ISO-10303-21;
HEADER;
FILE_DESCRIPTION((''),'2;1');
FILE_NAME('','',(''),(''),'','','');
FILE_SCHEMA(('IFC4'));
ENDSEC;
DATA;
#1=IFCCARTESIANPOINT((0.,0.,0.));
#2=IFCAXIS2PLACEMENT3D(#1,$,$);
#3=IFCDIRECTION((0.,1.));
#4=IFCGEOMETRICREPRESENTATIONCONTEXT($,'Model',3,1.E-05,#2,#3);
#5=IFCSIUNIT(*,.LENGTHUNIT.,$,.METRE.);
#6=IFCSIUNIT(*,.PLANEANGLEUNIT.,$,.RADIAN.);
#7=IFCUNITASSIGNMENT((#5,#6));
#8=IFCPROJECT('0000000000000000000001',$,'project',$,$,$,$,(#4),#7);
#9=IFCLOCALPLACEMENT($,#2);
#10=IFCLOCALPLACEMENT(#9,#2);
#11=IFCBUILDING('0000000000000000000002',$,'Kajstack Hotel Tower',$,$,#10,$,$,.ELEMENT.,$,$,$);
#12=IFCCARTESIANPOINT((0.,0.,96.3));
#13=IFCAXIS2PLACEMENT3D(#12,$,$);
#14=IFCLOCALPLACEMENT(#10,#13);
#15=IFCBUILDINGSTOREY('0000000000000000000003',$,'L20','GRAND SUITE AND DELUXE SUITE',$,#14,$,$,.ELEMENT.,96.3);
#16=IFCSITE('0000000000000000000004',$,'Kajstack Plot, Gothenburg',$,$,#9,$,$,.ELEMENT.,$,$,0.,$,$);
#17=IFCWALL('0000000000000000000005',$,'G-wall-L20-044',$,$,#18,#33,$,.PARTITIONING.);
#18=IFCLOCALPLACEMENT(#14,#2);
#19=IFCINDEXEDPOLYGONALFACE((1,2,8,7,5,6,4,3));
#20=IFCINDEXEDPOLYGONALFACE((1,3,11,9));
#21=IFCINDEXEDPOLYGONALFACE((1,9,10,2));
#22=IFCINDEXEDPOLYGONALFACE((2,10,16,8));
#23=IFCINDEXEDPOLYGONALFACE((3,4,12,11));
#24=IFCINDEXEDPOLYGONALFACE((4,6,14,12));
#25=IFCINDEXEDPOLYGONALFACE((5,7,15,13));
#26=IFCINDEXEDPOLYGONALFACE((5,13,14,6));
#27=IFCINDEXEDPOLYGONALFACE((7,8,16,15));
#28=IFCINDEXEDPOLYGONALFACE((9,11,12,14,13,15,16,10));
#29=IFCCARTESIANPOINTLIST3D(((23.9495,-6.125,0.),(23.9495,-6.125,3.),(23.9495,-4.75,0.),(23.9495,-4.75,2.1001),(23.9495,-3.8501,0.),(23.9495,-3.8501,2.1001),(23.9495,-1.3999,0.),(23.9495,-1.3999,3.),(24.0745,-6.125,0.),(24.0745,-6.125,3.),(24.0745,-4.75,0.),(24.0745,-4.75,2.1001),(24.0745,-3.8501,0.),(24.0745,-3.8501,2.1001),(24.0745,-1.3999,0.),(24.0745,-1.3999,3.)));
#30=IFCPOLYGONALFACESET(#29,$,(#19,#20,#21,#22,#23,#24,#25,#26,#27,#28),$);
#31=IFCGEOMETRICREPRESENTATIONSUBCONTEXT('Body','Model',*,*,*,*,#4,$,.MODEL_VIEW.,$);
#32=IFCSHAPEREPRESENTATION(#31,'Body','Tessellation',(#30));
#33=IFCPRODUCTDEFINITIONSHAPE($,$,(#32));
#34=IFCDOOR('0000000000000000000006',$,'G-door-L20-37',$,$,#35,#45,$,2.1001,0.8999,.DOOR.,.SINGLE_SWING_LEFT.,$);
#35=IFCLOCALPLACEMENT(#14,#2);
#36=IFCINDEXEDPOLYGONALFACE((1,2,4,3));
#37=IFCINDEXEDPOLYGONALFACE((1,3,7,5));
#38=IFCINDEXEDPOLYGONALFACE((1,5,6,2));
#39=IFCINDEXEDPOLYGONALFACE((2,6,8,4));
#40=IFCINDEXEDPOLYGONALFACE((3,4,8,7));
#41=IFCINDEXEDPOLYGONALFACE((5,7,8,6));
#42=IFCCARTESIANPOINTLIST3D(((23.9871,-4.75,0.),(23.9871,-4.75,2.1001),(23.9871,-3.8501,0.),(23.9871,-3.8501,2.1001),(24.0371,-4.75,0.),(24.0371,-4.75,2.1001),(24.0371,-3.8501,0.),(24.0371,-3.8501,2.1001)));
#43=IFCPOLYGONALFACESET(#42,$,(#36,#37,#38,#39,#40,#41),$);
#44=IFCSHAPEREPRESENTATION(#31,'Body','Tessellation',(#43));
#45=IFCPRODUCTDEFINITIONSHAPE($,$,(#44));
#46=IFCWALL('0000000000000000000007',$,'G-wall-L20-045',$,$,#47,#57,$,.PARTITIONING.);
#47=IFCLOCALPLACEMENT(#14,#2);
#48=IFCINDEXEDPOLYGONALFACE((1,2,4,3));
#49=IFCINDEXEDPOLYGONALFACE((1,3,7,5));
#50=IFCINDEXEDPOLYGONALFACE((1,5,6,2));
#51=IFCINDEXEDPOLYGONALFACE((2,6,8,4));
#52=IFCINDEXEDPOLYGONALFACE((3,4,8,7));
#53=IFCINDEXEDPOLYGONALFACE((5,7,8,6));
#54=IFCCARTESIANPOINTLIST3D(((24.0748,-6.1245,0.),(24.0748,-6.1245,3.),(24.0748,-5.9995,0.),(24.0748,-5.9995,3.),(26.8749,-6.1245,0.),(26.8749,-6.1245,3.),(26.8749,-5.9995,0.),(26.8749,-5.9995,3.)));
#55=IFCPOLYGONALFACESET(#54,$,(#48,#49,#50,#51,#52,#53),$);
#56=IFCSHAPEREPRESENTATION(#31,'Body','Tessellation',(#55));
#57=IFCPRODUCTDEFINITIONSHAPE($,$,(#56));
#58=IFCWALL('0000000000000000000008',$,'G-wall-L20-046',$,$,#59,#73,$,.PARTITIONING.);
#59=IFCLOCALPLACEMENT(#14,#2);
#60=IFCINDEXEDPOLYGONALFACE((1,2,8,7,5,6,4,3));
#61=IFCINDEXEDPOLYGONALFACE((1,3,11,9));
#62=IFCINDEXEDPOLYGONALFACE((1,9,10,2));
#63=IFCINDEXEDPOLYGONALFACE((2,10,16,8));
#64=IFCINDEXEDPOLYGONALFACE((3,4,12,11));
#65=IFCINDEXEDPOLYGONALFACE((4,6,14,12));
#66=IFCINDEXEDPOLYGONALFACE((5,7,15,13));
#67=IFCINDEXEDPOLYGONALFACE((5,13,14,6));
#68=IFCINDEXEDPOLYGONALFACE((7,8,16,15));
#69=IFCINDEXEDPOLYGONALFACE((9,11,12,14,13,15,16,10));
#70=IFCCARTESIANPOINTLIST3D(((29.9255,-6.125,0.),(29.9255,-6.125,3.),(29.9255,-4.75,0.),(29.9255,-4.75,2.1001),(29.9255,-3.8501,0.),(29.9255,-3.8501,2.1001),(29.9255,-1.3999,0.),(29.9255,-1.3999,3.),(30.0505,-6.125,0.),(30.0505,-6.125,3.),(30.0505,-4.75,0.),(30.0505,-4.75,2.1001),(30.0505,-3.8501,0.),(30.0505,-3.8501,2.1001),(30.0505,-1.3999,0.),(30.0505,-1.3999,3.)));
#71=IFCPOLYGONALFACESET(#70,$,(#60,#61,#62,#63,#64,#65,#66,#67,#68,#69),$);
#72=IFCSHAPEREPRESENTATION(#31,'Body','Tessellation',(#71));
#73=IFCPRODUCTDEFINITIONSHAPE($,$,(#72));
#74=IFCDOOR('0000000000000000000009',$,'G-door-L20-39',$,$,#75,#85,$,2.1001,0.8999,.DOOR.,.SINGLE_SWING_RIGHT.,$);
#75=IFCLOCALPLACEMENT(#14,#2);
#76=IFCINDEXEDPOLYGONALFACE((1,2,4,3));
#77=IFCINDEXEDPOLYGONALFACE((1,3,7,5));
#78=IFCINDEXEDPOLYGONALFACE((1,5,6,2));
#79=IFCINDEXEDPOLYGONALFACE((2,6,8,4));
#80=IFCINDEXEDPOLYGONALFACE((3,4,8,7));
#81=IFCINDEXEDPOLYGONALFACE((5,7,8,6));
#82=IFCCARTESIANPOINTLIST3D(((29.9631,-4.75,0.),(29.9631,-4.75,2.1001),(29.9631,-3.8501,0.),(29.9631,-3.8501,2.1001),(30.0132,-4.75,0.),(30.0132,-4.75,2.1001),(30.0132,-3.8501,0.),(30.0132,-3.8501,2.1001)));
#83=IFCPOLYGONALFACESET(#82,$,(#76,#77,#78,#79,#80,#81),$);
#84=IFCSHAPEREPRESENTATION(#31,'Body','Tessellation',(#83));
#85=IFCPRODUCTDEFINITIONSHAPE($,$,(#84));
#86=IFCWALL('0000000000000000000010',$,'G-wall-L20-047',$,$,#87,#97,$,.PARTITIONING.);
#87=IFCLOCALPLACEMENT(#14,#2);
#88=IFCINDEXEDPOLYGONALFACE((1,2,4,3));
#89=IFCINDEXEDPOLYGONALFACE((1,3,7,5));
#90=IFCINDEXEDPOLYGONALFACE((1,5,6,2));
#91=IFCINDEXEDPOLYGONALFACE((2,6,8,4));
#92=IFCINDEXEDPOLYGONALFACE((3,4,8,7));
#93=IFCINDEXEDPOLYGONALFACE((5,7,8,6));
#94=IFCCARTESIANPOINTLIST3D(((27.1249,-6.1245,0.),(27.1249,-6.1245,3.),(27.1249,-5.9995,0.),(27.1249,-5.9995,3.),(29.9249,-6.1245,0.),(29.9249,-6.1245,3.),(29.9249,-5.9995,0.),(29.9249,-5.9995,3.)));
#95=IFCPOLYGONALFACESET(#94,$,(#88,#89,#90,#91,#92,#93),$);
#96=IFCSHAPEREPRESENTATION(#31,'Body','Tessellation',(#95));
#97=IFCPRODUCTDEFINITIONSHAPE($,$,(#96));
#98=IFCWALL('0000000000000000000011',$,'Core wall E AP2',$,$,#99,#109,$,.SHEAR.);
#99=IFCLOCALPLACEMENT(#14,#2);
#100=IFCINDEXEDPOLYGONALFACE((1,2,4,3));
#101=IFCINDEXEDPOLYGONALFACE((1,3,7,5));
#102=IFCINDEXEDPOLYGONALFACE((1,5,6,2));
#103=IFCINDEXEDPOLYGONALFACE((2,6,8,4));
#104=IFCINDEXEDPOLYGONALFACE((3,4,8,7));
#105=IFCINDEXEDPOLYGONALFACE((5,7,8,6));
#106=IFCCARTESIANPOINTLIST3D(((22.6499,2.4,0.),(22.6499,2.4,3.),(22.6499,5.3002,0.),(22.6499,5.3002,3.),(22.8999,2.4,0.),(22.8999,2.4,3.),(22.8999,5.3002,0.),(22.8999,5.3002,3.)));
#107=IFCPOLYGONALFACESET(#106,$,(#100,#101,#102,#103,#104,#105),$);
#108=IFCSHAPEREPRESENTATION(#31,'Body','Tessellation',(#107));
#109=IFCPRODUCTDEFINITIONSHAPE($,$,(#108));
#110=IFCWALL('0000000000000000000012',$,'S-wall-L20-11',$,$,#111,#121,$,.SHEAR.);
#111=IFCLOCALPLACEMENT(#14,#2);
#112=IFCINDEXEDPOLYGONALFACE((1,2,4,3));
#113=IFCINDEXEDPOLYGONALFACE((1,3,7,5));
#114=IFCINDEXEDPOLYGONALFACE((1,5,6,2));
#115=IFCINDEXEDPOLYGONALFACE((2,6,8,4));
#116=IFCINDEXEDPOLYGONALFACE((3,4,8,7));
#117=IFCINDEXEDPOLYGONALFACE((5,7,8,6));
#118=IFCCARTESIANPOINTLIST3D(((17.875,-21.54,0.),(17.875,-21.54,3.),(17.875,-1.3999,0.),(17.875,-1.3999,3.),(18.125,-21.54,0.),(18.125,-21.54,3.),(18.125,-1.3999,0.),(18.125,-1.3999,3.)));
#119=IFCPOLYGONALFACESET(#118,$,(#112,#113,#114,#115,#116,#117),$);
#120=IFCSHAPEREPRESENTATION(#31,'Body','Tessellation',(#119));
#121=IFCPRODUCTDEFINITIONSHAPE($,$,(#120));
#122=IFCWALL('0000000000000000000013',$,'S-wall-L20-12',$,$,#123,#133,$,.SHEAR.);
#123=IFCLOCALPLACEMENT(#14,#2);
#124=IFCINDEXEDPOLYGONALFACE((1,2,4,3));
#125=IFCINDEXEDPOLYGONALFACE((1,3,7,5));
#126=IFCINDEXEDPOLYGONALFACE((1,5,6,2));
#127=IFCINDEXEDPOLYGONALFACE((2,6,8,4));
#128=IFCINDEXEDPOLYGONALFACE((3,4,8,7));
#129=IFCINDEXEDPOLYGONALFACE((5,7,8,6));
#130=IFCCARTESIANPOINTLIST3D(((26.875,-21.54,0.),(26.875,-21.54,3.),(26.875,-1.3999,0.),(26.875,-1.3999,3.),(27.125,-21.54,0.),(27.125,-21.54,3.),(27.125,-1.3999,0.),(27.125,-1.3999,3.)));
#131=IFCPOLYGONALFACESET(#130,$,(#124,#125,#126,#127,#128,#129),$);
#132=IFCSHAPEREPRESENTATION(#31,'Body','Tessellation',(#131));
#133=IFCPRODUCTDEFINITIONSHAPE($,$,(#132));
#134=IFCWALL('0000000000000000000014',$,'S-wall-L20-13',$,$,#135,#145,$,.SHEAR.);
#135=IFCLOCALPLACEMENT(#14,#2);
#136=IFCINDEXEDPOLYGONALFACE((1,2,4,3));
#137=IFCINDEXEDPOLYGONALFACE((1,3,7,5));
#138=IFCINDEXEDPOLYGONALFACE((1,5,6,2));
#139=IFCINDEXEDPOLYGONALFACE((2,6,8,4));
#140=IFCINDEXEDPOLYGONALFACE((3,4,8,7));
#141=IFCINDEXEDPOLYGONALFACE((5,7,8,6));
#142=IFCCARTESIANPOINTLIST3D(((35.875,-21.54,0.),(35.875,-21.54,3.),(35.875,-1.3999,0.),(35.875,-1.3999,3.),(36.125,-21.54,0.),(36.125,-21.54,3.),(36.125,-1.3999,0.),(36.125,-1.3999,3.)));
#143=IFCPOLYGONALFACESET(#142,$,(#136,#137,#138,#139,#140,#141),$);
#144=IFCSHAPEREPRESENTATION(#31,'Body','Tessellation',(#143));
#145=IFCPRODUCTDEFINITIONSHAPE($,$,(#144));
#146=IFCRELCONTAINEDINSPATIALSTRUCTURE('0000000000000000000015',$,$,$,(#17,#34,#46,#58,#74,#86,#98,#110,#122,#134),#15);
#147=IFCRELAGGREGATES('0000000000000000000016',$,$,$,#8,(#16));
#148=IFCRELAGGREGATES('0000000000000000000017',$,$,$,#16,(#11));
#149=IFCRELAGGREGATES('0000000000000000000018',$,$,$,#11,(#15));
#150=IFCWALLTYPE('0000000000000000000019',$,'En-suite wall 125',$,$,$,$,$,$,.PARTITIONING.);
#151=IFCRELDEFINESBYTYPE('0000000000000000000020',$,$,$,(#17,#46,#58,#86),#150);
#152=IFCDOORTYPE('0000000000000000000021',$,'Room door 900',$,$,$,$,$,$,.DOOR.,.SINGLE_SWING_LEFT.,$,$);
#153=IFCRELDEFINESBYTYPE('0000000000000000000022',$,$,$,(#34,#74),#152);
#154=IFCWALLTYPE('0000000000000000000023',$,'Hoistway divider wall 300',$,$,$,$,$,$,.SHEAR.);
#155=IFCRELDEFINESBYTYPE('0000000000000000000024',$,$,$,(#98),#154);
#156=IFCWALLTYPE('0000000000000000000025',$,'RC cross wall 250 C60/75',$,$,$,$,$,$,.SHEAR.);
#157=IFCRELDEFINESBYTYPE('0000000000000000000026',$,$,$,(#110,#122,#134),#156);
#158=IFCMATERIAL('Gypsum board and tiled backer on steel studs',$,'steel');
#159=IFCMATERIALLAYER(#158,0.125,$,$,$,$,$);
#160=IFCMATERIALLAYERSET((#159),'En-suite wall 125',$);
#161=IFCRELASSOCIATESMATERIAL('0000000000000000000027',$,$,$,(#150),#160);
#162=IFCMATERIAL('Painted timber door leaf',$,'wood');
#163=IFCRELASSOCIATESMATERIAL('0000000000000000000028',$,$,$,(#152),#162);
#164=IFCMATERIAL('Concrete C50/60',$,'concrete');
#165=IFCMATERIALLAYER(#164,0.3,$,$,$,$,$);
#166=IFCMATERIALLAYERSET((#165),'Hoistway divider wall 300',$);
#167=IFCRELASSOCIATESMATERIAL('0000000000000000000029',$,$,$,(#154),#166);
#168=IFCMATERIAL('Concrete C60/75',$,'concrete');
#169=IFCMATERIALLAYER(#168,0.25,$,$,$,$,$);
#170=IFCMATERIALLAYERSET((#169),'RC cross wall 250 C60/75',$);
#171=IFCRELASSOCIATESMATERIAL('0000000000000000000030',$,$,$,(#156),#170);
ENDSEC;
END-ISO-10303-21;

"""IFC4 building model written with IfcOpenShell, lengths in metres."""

from ifc_helpers import new_model, si_unit, direction, frame, frame_2d, origin, place, context, subcontext, project, spatial, rectangle, extrude, material, layer, layer_set, type_object, element, fill, save


model = new_model("IFC4")

# Units and contexts
model_context = context("Model", 3, precision=1e-05, world=origin(), true_north=direction((0.0, 1.0)))
body_context = subcontext(model_context, "Body", "Model", "MODEL_VIEW")
ifc_project = project(units=[si_unit("LENGTHUNIT", "METRE"), si_unit("PLANEANGLEUNIT", "RADIAN")], contexts=[model_context])

# Site, building, storey
site_placement = place(None, origin())
site = spatial("IfcSite", under=ifc_project, at=site_placement, Name="Kajstack Plot, Gothenburg", CompositionType="ELEMENT", RefElevation=0.0)
building_placement = place(site_placement, origin())
building = spatial("IfcBuilding", under=site, at=building_placement, Name="Kajstack Hotel Tower", CompositionType="ELEMENT")
storey_placement = place(building_placement, frame((0.0, 0.0, 96.3)))
storey = spatial("IfcBuildingStorey", under=building, at=storey_placement, Name="L20", Description="GRAND SUITE AND DELUXE SUITE", CompositionType="ELEMENT", Elevation=96.3)

# Wall, opening, door
ifc_material_1 = material(Name="Gypsum board and tiled backer on steel studs", Category="steel")
ifc_layer_1 = layer(ifc_material_1, 0.125)
ifc_layer_set_1 = layer_set([ifc_layer_1], Name="En-suite wall 125")
wall_type_1 = type_object("IfcWallType", Name="En-suite wall 125", PredefinedType="PARTITIONING", material=ifc_layer_set_1)
wall_1_placement = place(storey_placement, frame((24.012, -6.125, 0.0), z_axis=(0.0, 0.0, 1.0), x_axis=(0.0, 1.0, 0.0)))
wall_1 = element("IfcWall", 1, at=wall_1_placement, inside=storey, type_object=wall_type_1, Name="G-wall-L20-044", PredefinedType="PARTITIONING", context=body_context, shape_type="SweptSolid", body=[
    extrude(rectangle(XDim=4.7251, YDim=0.125, at=frame_2d((2.3625, 0.0))), origin(), (0.0, 0.0, 1.0), 3.0),
])
opening_1_placement = place(wall_1_placement, frame((1.375, 0.0, 0.0)))
opening_1 = element("IfcOpeningElement", 2, at=opening_1_placement, cuts=wall_1, PredefinedType="OPENING", context=body_context, shape_type="SweptSolid", body=[
    extrude(rectangle(XDim=0.8999, YDim=2.1001, at=frame_2d((0.45, 1.05))), frame((0.0, 0.0725, 0.0), z_axis=(0.0, -1.0, 0.0), x_axis=(1.0, 0.0, 0.0)), (0.0, 0.0, 1.0), 0.145),
])
ifc_material_2 = material(Name="Painted timber door leaf", Category="wood")
door_type_1 = type_object("IfcDoorType", Name="Room door 900", OperationType="SINGLE_SWING_LEFT", PredefinedType="DOOR", material=ifc_material_2)
door_1_placement = place(opening_1_placement, origin())
door_1 = element("IfcDoor", 3, at=door_1_placement, inside=storey, type_object=door_type_1, Name="G-door-L20-37", OperationType="SINGLE_SWING_LEFT", OverallHeight=2.1001, OverallWidth=0.8999, PredefinedType="DOOR", context=body_context, shape_type="SweptSolid", body=[
    extrude(rectangle(XDim=0.8999, YDim=2.1001, at=frame_2d((0.45, 1.05))), frame((0.0, 0.0249, 0.0), z_axis=(0.0, -1.0, 0.0), x_axis=(1.0, 0.0, 0.0)), (0.0, 0.0, 1.0), 0.05),
])
fill(opening_1, door_1)

# Wall
wall_2_placement = place(storey_placement, frame((24.075, -6.062, 0.0), z_axis=(0.0, 0.0, 1.0), x_axis=(1.0, 0.0, 0.0)))
element("IfcWall", 4, at=wall_2_placement, inside=storey, type_object=wall_type_1, Name="G-wall-L20-045", PredefinedType="PARTITIONING", context=body_context, shape_type="SweptSolid", body=[
    extrude(rectangle(XDim=2.8, YDim=0.125, at=frame_2d((1.3999, 0.0))), origin(), (0.0, 0.0, 1.0), 3.0),
])

# Wall, opening, door
wall_3_placement = place(storey_placement, frame((29.988, -6.125, 0.0), z_axis=(0.0, 0.0, 1.0), x_axis=(0.0, 1.0, 0.0)))
wall_3 = element("IfcWall", 5, at=wall_3_placement, inside=storey, type_object=wall_type_1, Name="G-wall-L20-046", PredefinedType="PARTITIONING", context=body_context, shape_type="SweptSolid", body=[
    extrude(rectangle(XDim=4.7251, YDim=0.125, at=frame_2d((2.3625, 0.0))), origin(), (0.0, 0.0, 1.0), 3.0),
])
opening_2_placement = place(wall_3_placement, frame((1.375, 0.0, 0.0)))
opening_2 = element("IfcOpeningElement", 6, at=opening_2_placement, cuts=wall_3, PredefinedType="OPENING", context=body_context, shape_type="SweptSolid", body=[
    extrude(rectangle(XDim=0.8999, YDim=2.1001, at=frame_2d((0.45, 1.05))), frame((0.0, 0.0725, 0.0), z_axis=(0.0, -1.0, 0.0), x_axis=(1.0, 0.0, 0.0)), (0.0, 0.0, 1.0), 0.145),
])
door_2_placement = place(opening_2_placement, origin())
door_2 = element("IfcDoor", 7, at=door_2_placement, inside=storey, type_object=door_type_1, Name="G-door-L20-39", OperationType="SINGLE_SWING_RIGHT", OverallHeight=2.1001, OverallWidth=0.8999, PredefinedType="DOOR", context=body_context, shape_type="SweptSolid", body=[
    extrude(rectangle(XDim=0.8999, YDim=2.1001, at=frame_2d((0.45, 1.05))), frame((0.0, 0.0249, 0.0), z_axis=(0.0, -1.0, 0.0), x_axis=(1.0, 0.0, 0.0)), (0.0, 0.0, 1.0), 0.05),
])
fill(opening_2, door_2)

# Walls
wall_4_placement = place(storey_placement, frame((27.125, -6.062, 0.0), z_axis=(0.0, 0.0, 1.0), x_axis=(1.0, 0.0, 0.0)))
element("IfcWall", 8, at=wall_4_placement, inside=storey, type_object=wall_type_1, Name="G-wall-L20-047", PredefinedType="PARTITIONING", context=body_context, shape_type="SweptSolid", body=[
    extrude(rectangle(XDim=2.8, YDim=0.125, at=frame_2d((1.3999, 0.0))), origin(), (0.0, 0.0, 1.0), 3.0),
])
ifc_material_3 = material(Name="Concrete C50/60", Category="concrete")
ifc_layer_2 = layer(ifc_material_3, 0.3)
ifc_layer_set_2 = layer_set([ifc_layer_2], Name="Hoistway divider wall 300")
wall_type_2 = type_object("IfcWallType", Name="Hoistway divider wall 300", PredefinedType="SHEAR", material=ifc_layer_set_2)
wall_5_placement = place(storey_placement, frame((22.7749, 2.3999, 0.0), z_axis=(0.0, 0.0, 1.0), x_axis=(0.0, 1.0, 0.0)))
element("IfcWall", 9, at=wall_5_placement, inside=storey, type_object=wall_type_2, Name="Core wall E AP2", PredefinedType="SHEAR", context=body_context, shape_type="SweptSolid", body=[
    extrude(rectangle(XDim=2.9001, YDim=0.25, at=frame_2d((1.4502, 0.0))), origin(), (0.0, 0.0, 1.0), 3.0),
])
ifc_material_4 = material(Name="Concrete C60/75", Category="concrete")
ifc_layer_3 = layer(ifc_material_4, 0.25)
ifc_layer_set_3 = layer_set([ifc_layer_3], Name="RC cross wall 250 C60/75")
wall_type_3 = type_object("IfcWallType", Name="RC cross wall 250 C60/75", PredefinedType="SHEAR", material=ifc_layer_set_3)
for number, where, z_axis, x_axis, name in (
    (10, (18.0, -21.54, 0.0), (0.0, 0.0, 1.0), (0.0, 1.0, 0.0), "S-wall-L20-11"),
    (11, (27.0, -21.54, 0.0), (0.0, 0.0, 1.0), (0.0, 1.0, 0.0), "S-wall-L20-12"),
    (12, (36.0, -21.54, 0.0), (0.0, 0.0, 1.0), (0.0, 1.0, 0.0), "S-wall-L20-13"),
):
    element("IfcWall", number, at=place(storey_placement, frame(where, z_axis=z_axis, x_axis=x_axis)), inside=storey, type_object=wall_type_3, Name=name, PredefinedType="SHEAR", context=body_context, shape_type="SweptSolid", body=[
        extrude(rectangle(XDim=20.1401, YDim=0.25, at=frame_2d((10.0701, 0.0))), origin(), (0.0, 0.0, 1.0), 3.0),
    ])

save(model, "model.ifc")
